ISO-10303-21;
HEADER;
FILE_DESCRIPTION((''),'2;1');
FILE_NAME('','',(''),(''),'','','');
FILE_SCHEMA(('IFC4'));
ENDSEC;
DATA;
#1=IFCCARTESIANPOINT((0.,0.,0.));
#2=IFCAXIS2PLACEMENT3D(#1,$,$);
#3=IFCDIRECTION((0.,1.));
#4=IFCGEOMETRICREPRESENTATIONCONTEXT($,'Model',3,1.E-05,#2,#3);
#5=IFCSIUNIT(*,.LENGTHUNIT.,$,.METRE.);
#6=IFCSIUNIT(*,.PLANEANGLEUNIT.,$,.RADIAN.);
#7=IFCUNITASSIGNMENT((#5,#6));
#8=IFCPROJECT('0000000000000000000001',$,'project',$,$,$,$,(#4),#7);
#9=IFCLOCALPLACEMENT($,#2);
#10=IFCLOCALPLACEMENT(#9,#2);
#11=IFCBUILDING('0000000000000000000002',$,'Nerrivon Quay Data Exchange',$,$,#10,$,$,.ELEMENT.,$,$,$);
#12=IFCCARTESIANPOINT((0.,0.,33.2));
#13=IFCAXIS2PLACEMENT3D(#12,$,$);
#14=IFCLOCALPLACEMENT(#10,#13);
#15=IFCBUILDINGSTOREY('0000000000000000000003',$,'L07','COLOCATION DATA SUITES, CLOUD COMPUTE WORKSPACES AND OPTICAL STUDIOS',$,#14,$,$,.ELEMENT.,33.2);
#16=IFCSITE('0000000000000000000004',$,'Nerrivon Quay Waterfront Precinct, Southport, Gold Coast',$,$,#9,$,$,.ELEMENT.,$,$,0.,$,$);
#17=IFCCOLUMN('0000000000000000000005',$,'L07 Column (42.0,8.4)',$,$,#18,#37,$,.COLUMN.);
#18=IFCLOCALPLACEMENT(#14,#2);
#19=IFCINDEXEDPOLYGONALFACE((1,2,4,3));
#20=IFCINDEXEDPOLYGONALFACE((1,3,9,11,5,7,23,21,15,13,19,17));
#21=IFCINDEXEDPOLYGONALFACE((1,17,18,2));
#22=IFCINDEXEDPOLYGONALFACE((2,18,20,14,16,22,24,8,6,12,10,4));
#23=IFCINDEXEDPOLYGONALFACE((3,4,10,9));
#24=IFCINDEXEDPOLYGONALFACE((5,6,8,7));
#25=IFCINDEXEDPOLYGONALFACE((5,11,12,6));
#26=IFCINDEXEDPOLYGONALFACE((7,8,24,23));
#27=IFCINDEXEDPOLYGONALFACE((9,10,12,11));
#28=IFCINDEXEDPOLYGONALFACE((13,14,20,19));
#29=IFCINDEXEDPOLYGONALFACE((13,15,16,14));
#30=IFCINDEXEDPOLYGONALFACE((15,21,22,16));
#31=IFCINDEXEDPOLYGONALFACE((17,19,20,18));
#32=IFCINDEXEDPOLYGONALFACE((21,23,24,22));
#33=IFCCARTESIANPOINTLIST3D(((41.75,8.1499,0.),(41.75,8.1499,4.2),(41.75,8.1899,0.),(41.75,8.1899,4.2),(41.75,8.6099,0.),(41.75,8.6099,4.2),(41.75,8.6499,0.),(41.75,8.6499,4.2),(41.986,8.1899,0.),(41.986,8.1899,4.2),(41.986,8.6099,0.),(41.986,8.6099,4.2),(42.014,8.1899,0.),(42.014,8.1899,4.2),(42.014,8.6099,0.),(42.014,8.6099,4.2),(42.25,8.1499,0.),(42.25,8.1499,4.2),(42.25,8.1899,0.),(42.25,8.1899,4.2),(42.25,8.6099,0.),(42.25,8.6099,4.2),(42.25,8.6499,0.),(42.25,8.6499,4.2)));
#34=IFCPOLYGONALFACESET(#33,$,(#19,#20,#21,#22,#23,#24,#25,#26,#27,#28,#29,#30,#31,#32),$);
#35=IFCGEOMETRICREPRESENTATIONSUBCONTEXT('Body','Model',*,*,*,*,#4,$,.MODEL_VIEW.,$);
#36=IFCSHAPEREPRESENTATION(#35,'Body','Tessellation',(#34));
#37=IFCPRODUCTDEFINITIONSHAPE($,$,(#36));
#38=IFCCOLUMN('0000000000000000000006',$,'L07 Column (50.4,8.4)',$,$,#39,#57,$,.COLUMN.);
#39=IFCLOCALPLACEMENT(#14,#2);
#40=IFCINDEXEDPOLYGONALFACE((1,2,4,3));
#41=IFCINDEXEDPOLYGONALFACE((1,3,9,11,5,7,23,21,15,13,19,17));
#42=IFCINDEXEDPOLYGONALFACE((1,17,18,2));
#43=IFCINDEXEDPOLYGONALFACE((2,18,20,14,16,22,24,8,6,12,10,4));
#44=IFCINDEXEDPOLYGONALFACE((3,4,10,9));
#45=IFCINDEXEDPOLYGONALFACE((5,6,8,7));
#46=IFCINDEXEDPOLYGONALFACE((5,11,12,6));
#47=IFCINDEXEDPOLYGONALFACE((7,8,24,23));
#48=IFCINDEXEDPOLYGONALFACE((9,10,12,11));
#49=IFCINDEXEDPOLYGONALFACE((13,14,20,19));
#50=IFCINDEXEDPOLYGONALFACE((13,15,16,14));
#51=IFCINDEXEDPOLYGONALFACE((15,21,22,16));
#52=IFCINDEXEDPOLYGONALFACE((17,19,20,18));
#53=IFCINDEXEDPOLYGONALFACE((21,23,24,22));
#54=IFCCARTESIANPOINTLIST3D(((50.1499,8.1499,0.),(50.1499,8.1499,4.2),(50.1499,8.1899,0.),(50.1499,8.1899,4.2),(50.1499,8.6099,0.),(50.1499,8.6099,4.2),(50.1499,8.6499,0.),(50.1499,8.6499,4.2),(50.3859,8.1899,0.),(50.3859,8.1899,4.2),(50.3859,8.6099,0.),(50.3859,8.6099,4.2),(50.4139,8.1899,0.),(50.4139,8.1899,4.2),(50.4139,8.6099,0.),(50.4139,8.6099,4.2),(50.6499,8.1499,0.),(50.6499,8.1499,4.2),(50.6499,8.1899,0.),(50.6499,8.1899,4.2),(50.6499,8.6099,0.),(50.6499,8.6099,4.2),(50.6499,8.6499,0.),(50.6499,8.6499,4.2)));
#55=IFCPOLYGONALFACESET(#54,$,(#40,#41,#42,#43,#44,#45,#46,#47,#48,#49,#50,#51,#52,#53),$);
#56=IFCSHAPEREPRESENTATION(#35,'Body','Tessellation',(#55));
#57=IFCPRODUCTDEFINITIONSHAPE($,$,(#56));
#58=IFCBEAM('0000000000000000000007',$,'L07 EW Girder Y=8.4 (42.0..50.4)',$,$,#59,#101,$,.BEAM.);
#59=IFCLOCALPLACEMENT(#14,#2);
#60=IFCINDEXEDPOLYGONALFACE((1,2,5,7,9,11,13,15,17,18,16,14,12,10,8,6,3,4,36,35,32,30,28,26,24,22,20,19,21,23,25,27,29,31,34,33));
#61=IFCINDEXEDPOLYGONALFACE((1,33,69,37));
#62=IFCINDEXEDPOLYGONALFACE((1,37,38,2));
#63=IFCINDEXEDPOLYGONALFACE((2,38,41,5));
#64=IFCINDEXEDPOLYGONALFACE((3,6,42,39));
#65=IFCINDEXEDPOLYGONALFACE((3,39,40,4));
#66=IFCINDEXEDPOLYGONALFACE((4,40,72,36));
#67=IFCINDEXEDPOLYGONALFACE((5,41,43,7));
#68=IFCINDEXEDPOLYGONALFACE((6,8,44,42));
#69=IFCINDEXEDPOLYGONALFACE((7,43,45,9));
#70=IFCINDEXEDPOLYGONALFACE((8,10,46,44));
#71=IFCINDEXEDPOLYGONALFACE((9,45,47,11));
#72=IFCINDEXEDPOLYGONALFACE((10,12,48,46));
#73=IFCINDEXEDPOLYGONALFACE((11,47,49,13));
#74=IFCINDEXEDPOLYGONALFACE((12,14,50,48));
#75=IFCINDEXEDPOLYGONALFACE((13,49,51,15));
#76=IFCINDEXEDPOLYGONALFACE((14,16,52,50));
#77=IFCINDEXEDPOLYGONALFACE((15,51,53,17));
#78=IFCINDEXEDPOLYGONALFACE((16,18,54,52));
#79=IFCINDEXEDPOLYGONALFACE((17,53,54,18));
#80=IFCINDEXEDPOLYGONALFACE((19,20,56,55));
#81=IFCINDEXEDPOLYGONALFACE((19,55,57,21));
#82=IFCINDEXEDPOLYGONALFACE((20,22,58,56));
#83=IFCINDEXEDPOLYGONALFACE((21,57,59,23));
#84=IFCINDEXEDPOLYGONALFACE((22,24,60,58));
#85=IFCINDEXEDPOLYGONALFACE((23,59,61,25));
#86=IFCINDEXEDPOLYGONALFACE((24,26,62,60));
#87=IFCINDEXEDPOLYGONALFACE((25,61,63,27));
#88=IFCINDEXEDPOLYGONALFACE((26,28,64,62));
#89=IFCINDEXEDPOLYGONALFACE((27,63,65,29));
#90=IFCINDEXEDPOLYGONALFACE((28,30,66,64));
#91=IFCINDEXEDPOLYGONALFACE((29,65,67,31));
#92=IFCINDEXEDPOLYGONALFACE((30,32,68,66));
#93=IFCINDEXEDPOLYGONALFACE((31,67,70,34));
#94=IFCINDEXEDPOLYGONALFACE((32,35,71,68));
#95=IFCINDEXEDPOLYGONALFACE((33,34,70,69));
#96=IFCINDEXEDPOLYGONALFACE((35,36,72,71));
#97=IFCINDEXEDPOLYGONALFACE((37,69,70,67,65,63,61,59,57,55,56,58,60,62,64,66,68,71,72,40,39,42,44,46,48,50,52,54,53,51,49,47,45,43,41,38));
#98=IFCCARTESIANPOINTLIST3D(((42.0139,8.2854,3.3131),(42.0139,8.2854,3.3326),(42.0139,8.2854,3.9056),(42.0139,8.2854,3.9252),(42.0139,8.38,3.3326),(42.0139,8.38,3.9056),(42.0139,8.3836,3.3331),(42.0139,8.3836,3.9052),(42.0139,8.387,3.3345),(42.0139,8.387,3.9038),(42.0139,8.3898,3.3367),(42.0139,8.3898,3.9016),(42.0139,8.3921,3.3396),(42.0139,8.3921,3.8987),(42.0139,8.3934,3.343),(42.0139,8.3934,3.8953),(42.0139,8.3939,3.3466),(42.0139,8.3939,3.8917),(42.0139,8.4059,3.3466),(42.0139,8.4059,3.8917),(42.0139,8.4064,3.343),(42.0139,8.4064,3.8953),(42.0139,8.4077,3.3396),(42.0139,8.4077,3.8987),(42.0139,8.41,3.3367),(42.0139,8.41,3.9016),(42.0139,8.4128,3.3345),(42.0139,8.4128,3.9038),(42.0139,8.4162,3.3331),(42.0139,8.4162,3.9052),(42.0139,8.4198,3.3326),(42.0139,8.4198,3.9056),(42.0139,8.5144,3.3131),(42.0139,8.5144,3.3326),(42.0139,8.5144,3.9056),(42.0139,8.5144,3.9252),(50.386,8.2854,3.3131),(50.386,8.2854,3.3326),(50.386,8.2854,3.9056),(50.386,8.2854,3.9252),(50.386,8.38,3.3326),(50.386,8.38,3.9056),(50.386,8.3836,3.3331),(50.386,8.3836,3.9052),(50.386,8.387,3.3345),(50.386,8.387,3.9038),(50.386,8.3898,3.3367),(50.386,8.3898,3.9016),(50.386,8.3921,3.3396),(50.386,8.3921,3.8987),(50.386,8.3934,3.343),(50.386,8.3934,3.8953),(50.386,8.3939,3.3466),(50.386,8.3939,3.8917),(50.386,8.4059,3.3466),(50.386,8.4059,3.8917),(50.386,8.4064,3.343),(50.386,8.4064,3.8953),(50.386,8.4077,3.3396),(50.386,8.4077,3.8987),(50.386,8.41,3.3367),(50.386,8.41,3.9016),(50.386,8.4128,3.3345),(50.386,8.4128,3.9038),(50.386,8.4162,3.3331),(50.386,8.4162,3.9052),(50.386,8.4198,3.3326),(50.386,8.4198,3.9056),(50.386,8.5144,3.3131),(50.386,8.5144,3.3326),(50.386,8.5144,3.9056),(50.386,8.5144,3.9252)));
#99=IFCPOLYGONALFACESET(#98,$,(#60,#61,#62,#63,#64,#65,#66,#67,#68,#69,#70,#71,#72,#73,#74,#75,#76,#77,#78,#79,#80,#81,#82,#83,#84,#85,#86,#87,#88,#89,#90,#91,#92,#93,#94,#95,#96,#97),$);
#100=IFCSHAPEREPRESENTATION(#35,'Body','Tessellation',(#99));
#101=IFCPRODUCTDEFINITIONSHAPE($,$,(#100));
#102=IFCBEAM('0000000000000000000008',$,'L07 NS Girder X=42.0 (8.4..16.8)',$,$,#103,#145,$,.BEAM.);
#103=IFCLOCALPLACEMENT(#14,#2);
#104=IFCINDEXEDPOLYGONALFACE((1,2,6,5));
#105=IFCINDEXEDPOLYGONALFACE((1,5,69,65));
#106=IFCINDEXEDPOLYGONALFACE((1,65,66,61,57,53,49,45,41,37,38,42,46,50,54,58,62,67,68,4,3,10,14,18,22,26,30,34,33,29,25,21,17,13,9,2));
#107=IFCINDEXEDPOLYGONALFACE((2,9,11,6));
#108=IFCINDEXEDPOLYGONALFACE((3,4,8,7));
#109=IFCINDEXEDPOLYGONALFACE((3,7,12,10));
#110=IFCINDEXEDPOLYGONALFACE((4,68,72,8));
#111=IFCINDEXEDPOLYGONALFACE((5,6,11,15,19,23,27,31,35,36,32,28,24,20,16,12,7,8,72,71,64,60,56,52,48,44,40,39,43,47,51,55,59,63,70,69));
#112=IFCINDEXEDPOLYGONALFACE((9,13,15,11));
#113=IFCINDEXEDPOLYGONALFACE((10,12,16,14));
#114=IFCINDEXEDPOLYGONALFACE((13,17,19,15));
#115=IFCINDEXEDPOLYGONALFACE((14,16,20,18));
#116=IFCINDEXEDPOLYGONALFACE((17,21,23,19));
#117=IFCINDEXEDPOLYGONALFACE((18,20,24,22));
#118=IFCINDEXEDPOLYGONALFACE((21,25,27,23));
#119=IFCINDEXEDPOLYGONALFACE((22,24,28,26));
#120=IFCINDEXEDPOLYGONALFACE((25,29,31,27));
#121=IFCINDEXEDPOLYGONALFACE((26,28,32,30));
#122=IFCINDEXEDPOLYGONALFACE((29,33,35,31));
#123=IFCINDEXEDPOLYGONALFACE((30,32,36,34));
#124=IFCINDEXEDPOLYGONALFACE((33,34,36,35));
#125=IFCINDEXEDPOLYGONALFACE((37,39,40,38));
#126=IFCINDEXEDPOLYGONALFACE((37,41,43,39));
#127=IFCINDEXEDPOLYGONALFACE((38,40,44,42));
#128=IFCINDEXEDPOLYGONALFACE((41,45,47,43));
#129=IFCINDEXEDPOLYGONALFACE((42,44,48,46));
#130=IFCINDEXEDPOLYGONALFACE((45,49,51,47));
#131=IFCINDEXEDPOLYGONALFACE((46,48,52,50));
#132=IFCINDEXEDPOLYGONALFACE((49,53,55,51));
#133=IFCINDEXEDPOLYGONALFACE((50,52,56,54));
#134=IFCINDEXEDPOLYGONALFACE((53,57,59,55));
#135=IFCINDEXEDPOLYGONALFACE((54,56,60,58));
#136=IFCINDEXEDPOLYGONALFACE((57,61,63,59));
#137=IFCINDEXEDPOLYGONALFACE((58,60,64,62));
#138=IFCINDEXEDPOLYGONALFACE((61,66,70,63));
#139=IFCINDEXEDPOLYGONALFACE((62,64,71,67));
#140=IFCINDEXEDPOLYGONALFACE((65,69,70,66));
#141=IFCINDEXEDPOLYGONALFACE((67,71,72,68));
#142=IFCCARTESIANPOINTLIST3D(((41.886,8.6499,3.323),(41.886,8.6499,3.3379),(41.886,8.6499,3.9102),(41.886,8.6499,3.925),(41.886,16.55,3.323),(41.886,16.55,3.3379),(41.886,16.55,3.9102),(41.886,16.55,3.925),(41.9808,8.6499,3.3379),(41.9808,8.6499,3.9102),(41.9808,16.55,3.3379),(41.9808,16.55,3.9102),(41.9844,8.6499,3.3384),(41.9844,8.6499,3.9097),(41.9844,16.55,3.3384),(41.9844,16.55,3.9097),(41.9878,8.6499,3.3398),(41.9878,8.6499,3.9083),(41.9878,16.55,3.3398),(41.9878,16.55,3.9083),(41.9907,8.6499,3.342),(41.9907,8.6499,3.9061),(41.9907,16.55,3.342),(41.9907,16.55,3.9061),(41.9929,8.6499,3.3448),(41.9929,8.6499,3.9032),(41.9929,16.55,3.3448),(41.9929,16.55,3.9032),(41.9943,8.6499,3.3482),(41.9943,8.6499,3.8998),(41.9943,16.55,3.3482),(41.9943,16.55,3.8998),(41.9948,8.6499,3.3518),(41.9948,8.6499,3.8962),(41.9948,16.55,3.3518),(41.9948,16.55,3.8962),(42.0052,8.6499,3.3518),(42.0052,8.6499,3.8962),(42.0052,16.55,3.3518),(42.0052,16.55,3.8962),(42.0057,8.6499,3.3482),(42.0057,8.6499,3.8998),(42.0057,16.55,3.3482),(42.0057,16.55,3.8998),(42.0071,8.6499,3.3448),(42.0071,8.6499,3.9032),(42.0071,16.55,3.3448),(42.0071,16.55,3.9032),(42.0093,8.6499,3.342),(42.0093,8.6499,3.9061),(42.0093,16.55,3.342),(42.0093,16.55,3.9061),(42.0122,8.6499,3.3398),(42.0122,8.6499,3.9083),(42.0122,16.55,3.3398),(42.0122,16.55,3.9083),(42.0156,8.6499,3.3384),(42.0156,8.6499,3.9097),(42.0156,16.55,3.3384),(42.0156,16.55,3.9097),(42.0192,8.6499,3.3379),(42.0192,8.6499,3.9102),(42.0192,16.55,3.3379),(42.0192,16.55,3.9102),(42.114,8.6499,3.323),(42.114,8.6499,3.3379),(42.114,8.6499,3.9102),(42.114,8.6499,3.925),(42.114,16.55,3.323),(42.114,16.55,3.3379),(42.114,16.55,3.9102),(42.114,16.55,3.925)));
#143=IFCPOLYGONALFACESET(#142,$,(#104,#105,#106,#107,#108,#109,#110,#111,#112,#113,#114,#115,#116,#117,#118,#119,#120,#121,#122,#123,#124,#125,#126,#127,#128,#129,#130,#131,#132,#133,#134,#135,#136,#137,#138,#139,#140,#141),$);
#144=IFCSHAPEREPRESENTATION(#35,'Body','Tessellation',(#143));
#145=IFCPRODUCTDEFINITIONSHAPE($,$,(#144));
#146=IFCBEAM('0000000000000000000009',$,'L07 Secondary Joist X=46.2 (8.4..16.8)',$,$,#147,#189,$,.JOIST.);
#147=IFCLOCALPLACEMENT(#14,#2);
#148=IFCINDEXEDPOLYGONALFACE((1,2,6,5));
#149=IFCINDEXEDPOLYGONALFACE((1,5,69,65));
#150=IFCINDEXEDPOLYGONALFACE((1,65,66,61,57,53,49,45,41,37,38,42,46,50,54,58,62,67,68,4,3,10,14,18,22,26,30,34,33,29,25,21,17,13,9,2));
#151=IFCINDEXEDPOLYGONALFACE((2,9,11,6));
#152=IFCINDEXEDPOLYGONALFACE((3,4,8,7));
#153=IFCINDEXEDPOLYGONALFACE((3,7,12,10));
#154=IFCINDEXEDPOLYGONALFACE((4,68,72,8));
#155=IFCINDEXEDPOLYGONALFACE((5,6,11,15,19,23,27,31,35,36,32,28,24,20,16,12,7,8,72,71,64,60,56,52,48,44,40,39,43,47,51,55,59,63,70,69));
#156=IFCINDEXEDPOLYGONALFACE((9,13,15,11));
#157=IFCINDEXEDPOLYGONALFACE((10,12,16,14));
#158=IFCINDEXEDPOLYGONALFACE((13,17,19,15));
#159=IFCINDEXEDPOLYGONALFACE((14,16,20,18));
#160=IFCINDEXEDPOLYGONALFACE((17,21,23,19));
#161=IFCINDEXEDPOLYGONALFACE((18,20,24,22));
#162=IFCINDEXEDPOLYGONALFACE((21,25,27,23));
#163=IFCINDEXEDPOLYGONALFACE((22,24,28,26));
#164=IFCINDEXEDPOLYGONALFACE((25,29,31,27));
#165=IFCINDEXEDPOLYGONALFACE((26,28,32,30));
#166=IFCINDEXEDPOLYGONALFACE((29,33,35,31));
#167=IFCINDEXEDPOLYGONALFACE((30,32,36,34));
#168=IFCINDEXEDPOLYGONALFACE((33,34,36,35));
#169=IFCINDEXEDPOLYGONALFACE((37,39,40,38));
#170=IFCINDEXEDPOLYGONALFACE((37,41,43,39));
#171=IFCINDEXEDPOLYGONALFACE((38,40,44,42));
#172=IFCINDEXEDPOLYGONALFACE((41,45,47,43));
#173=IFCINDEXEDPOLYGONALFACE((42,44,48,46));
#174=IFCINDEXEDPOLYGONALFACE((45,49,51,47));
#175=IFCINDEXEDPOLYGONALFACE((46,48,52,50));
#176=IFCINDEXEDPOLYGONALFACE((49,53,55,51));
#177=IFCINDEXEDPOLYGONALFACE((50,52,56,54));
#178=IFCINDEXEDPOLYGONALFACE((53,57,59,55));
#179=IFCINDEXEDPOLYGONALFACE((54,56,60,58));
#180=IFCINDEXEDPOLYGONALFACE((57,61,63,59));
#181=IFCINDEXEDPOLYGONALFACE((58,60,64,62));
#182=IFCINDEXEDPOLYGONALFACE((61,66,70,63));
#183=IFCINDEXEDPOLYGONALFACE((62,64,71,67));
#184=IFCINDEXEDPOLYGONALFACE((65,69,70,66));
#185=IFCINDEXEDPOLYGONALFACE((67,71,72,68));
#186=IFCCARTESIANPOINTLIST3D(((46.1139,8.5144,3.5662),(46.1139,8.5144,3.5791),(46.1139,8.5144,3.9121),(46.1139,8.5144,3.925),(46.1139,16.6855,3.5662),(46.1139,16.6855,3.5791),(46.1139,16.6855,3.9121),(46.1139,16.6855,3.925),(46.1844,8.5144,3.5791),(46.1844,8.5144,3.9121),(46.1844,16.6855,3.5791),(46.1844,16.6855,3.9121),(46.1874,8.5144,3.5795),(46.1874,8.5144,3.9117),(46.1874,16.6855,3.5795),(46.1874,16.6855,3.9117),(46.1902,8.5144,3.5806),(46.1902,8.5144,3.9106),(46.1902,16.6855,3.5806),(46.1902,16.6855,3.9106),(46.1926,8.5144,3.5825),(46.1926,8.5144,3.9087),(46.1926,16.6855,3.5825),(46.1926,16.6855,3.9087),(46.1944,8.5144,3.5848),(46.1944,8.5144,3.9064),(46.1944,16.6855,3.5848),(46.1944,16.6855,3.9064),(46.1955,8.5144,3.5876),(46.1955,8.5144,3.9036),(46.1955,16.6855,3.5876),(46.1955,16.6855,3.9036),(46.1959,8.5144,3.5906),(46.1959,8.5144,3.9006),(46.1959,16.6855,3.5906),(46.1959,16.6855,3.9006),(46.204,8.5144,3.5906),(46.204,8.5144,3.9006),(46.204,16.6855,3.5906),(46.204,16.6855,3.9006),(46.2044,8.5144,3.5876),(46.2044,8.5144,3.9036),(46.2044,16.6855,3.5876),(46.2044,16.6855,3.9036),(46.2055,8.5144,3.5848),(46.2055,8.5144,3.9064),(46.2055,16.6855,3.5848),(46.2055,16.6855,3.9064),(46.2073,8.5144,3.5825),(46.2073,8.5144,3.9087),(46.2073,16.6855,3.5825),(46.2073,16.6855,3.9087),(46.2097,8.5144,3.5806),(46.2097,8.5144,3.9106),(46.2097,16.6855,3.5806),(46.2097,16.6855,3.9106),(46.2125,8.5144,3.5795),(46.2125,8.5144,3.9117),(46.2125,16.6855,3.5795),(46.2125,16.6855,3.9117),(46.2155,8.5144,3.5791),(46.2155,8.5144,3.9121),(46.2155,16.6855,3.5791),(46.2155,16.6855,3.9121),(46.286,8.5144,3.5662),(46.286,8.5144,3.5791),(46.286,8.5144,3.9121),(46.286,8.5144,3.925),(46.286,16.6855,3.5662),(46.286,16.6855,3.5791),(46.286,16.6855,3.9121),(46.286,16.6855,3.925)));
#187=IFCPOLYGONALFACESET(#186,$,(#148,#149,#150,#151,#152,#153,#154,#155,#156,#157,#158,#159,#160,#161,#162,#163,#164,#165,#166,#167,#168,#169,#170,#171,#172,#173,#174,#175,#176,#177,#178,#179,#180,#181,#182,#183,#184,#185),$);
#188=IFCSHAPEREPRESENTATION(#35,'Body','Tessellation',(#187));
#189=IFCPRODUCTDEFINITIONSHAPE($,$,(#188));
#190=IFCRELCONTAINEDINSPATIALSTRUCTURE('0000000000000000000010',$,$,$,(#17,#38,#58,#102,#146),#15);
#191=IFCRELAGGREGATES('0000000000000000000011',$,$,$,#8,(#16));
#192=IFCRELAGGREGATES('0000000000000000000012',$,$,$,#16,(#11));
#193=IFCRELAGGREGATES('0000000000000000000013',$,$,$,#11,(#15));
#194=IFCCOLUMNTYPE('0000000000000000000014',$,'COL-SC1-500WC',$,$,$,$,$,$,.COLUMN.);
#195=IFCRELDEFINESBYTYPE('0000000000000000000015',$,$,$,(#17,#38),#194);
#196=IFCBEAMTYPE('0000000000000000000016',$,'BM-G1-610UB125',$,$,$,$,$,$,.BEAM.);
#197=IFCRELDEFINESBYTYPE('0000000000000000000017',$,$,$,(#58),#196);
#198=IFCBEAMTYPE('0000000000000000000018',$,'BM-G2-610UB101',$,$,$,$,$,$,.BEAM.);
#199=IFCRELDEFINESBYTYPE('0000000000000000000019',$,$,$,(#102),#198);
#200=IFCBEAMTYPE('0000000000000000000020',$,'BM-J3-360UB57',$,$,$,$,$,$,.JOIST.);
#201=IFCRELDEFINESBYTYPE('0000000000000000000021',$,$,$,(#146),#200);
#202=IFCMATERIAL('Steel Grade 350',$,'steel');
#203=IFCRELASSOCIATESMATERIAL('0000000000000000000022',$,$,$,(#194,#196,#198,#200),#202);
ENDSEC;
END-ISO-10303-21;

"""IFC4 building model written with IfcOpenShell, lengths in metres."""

from ifc_helpers import new_model, si_unit, direction, frame, origin, origin_2d, place, context, subcontext, project, spatial, i_section, extrude, material, material_profile, profile_set, type_object, element, save


model = new_model("IFC4")

# Units and contexts
model_context = context("Model", 3, precision=1e-05, world=origin(), true_north=direction((0.0, 1.0)))
body_context = subcontext(model_context, "Body", "Model", "MODEL_VIEW")
ifc_project = project(units=[si_unit("LENGTHUNIT", "METRE"), si_unit("PLANEANGLEUNIT", "RADIAN")], contexts=[model_context])

# Site, building, storey
site_placement = place(None, origin())
site = spatial("IfcSite", under=ifc_project, at=site_placement, Name="Nerrivon Quay Waterfront Precinct, Southport, Gold Coast", CompositionType="ELEMENT", RefElevation=0.0)
building_placement = place(site_placement, origin())
building = spatial("IfcBuilding", under=site, at=building_placement, Name="Nerrivon Quay Data Exchange", CompositionType="ELEMENT")
storey_placement = place(building_placement, frame((0.0, 0.0, 33.2)))
storey = spatial("IfcBuildingStorey", under=building, at=storey_placement, Name="L07", Description="COLOCATION DATA SUITES, CLOUD COMPUTE WORKSPACES AND OPTICAL STUDIOS", CompositionType="ELEMENT", Elevation=33.2)

# Columns
ifc_material_1 = material(Name="Steel Grade 350", Category="steel")
ifc_material_profile_1 = material_profile(ifc_material_1, i_section(OverallWidth=0.5, OverallDepth=0.5, WebThickness=0.0281, FlangeThickness=0.04, at=origin_2d()), Name="500WC440")
ifc_profile_set_1 = profile_set([ifc_material_profile_1], Name="Steel Grade 350")
column_type = type_object("IfcColumnType", Name="COL-SC1-500WC", PredefinedType="COLUMN", material=ifc_profile_set_1)
for number, where, z_axis, x_axis, name in (
    (1, (42.0, 8.3999, 0.0), (0.0, 0.0, 1.0), (1.0, 0.0, 0.0), "L07 Column (42.0,8.4)"),
    (2, (50.3999, 8.3999, 0.0), (0.0, 0.0, 1.0), (1.0, 0.0, 0.0), "L07 Column (50.4,8.4)"),
):
    element("IfcColumn", number, at=place(storey_placement, frame(where, z_axis=z_axis, x_axis=x_axis)), inside=storey, type_object=column_type, Name=name, PredefinedType="COLUMN", context=body_context, shape_type="SweptSolid", body=[
        extrude(i_section(OverallWidth=0.5, OverallDepth=0.5, WebThickness=0.0281, FlangeThickness=0.04, at=origin_2d()), origin(), (0.0, 0.0, 1.0), 4.2),
    ])

# Beams
ifc_material_profile_2 = material_profile(ifc_material_1, i_section(OverallWidth=0.229, OverallDepth=0.6121, WebThickness=0.012, FlangeThickness=0.0195, FilletRadius=0.0139, at=origin_2d()), Name="610UB125")
ifc_profile_set_2 = profile_set([ifc_material_profile_2], Name="Steel Grade 350")
beam_type_1 = type_object("IfcBeamType", Name="BM-G1-610UB125", PredefinedType="BEAM", material=ifc_profile_set_2)
beam_1_placement = place(storey_placement, frame((42.0139, 8.3999, 3.6191), z_axis=(1.0, 0.0, 0.0), x_axis=(0.0, 1.0, 0.0)))
element("IfcBeam", 3, at=beam_1_placement, inside=storey, type_object=beam_type_1, Name="L07 EW Girder Y=8.4 (42.0..50.4)", PredefinedType="BEAM", context=body_context, shape_type="SweptSolid", body=[
    extrude(i_section(OverallWidth=0.229, OverallDepth=0.6121, WebThickness=0.012, FlangeThickness=0.0195, FilletRadius=0.0139, at=origin_2d()), origin(), (0.0, 0.0, 1.0), 8.3721),
])
ifc_material_profile_3 = material_profile(ifc_material_1, i_section(OverallWidth=0.228, OverallDepth=0.6021, WebThickness=0.0105, FlangeThickness=0.0149, FilletRadius=0.0139, at=origin_2d()), Name="610UB101")
ifc_profile_set_3 = profile_set([ifc_material_profile_3], Name="Steel Grade 350")
beam_type_2 = type_object("IfcBeamType", Name="BM-G2-610UB101", PredefinedType="BEAM", material=ifc_profile_set_3)
beam_2_placement = place(storey_placement, frame((42.0, 8.6499, 3.624), z_axis=(0.0, 1.0, 0.0), x_axis=(-1.0, 0.0, 0.0)))
element("IfcBeam", 4, at=beam_2_placement, inside=storey, type_object=beam_type_2, Name="L07 NS Girder X=42.0 (8.4..16.8)", PredefinedType="BEAM", context=body_context, shape_type="SweptSolid", body=[
    extrude(i_section(OverallWidth=0.228, OverallDepth=0.6021, WebThickness=0.0105, FlangeThickness=0.0149, FilletRadius=0.0139, at=origin_2d()), origin(), (0.0, 0.0, 1.0), 7.9001),
])
ifc_material_profile_4 = material_profile(ifc_material_1, i_section(OverallWidth=0.1721, OverallDepth=0.3589, WebThickness=0.0081, FlangeThickness=0.0129, FilletRadius=0.0115, at=origin_2d()), Name="360UB56.7")
ifc_profile_set_4 = profile_set([ifc_material_profile_4], Name="Steel Grade 350")
beam_type_3 = type_object("IfcBeamType", Name="BM-J3-360UB57", PredefinedType="JOIST", material=ifc_profile_set_4)
beam_3_placement = place(storey_placement, frame((46.2, 8.5144, 3.7456), z_axis=(0.0, 1.0, 0.0), x_axis=(-1.0, 0.0, 0.0)))
element("IfcBeam", 5, at=beam_3_placement, inside=storey, type_object=beam_type_3, Name="L07 Secondary Joist X=46.2 (8.4..16.8)", PredefinedType="JOIST", context=body_context, shape_type="SweptSolid", body=[
    extrude(i_section(OverallWidth=0.1721, OverallDepth=0.3589, WebThickness=0.0081, FlangeThickness=0.0129, FilletRadius=0.0115, at=origin_2d()), origin(), (0.0, 0.0, 1.0), 8.1711),
])

save(model, "model.ifc")
